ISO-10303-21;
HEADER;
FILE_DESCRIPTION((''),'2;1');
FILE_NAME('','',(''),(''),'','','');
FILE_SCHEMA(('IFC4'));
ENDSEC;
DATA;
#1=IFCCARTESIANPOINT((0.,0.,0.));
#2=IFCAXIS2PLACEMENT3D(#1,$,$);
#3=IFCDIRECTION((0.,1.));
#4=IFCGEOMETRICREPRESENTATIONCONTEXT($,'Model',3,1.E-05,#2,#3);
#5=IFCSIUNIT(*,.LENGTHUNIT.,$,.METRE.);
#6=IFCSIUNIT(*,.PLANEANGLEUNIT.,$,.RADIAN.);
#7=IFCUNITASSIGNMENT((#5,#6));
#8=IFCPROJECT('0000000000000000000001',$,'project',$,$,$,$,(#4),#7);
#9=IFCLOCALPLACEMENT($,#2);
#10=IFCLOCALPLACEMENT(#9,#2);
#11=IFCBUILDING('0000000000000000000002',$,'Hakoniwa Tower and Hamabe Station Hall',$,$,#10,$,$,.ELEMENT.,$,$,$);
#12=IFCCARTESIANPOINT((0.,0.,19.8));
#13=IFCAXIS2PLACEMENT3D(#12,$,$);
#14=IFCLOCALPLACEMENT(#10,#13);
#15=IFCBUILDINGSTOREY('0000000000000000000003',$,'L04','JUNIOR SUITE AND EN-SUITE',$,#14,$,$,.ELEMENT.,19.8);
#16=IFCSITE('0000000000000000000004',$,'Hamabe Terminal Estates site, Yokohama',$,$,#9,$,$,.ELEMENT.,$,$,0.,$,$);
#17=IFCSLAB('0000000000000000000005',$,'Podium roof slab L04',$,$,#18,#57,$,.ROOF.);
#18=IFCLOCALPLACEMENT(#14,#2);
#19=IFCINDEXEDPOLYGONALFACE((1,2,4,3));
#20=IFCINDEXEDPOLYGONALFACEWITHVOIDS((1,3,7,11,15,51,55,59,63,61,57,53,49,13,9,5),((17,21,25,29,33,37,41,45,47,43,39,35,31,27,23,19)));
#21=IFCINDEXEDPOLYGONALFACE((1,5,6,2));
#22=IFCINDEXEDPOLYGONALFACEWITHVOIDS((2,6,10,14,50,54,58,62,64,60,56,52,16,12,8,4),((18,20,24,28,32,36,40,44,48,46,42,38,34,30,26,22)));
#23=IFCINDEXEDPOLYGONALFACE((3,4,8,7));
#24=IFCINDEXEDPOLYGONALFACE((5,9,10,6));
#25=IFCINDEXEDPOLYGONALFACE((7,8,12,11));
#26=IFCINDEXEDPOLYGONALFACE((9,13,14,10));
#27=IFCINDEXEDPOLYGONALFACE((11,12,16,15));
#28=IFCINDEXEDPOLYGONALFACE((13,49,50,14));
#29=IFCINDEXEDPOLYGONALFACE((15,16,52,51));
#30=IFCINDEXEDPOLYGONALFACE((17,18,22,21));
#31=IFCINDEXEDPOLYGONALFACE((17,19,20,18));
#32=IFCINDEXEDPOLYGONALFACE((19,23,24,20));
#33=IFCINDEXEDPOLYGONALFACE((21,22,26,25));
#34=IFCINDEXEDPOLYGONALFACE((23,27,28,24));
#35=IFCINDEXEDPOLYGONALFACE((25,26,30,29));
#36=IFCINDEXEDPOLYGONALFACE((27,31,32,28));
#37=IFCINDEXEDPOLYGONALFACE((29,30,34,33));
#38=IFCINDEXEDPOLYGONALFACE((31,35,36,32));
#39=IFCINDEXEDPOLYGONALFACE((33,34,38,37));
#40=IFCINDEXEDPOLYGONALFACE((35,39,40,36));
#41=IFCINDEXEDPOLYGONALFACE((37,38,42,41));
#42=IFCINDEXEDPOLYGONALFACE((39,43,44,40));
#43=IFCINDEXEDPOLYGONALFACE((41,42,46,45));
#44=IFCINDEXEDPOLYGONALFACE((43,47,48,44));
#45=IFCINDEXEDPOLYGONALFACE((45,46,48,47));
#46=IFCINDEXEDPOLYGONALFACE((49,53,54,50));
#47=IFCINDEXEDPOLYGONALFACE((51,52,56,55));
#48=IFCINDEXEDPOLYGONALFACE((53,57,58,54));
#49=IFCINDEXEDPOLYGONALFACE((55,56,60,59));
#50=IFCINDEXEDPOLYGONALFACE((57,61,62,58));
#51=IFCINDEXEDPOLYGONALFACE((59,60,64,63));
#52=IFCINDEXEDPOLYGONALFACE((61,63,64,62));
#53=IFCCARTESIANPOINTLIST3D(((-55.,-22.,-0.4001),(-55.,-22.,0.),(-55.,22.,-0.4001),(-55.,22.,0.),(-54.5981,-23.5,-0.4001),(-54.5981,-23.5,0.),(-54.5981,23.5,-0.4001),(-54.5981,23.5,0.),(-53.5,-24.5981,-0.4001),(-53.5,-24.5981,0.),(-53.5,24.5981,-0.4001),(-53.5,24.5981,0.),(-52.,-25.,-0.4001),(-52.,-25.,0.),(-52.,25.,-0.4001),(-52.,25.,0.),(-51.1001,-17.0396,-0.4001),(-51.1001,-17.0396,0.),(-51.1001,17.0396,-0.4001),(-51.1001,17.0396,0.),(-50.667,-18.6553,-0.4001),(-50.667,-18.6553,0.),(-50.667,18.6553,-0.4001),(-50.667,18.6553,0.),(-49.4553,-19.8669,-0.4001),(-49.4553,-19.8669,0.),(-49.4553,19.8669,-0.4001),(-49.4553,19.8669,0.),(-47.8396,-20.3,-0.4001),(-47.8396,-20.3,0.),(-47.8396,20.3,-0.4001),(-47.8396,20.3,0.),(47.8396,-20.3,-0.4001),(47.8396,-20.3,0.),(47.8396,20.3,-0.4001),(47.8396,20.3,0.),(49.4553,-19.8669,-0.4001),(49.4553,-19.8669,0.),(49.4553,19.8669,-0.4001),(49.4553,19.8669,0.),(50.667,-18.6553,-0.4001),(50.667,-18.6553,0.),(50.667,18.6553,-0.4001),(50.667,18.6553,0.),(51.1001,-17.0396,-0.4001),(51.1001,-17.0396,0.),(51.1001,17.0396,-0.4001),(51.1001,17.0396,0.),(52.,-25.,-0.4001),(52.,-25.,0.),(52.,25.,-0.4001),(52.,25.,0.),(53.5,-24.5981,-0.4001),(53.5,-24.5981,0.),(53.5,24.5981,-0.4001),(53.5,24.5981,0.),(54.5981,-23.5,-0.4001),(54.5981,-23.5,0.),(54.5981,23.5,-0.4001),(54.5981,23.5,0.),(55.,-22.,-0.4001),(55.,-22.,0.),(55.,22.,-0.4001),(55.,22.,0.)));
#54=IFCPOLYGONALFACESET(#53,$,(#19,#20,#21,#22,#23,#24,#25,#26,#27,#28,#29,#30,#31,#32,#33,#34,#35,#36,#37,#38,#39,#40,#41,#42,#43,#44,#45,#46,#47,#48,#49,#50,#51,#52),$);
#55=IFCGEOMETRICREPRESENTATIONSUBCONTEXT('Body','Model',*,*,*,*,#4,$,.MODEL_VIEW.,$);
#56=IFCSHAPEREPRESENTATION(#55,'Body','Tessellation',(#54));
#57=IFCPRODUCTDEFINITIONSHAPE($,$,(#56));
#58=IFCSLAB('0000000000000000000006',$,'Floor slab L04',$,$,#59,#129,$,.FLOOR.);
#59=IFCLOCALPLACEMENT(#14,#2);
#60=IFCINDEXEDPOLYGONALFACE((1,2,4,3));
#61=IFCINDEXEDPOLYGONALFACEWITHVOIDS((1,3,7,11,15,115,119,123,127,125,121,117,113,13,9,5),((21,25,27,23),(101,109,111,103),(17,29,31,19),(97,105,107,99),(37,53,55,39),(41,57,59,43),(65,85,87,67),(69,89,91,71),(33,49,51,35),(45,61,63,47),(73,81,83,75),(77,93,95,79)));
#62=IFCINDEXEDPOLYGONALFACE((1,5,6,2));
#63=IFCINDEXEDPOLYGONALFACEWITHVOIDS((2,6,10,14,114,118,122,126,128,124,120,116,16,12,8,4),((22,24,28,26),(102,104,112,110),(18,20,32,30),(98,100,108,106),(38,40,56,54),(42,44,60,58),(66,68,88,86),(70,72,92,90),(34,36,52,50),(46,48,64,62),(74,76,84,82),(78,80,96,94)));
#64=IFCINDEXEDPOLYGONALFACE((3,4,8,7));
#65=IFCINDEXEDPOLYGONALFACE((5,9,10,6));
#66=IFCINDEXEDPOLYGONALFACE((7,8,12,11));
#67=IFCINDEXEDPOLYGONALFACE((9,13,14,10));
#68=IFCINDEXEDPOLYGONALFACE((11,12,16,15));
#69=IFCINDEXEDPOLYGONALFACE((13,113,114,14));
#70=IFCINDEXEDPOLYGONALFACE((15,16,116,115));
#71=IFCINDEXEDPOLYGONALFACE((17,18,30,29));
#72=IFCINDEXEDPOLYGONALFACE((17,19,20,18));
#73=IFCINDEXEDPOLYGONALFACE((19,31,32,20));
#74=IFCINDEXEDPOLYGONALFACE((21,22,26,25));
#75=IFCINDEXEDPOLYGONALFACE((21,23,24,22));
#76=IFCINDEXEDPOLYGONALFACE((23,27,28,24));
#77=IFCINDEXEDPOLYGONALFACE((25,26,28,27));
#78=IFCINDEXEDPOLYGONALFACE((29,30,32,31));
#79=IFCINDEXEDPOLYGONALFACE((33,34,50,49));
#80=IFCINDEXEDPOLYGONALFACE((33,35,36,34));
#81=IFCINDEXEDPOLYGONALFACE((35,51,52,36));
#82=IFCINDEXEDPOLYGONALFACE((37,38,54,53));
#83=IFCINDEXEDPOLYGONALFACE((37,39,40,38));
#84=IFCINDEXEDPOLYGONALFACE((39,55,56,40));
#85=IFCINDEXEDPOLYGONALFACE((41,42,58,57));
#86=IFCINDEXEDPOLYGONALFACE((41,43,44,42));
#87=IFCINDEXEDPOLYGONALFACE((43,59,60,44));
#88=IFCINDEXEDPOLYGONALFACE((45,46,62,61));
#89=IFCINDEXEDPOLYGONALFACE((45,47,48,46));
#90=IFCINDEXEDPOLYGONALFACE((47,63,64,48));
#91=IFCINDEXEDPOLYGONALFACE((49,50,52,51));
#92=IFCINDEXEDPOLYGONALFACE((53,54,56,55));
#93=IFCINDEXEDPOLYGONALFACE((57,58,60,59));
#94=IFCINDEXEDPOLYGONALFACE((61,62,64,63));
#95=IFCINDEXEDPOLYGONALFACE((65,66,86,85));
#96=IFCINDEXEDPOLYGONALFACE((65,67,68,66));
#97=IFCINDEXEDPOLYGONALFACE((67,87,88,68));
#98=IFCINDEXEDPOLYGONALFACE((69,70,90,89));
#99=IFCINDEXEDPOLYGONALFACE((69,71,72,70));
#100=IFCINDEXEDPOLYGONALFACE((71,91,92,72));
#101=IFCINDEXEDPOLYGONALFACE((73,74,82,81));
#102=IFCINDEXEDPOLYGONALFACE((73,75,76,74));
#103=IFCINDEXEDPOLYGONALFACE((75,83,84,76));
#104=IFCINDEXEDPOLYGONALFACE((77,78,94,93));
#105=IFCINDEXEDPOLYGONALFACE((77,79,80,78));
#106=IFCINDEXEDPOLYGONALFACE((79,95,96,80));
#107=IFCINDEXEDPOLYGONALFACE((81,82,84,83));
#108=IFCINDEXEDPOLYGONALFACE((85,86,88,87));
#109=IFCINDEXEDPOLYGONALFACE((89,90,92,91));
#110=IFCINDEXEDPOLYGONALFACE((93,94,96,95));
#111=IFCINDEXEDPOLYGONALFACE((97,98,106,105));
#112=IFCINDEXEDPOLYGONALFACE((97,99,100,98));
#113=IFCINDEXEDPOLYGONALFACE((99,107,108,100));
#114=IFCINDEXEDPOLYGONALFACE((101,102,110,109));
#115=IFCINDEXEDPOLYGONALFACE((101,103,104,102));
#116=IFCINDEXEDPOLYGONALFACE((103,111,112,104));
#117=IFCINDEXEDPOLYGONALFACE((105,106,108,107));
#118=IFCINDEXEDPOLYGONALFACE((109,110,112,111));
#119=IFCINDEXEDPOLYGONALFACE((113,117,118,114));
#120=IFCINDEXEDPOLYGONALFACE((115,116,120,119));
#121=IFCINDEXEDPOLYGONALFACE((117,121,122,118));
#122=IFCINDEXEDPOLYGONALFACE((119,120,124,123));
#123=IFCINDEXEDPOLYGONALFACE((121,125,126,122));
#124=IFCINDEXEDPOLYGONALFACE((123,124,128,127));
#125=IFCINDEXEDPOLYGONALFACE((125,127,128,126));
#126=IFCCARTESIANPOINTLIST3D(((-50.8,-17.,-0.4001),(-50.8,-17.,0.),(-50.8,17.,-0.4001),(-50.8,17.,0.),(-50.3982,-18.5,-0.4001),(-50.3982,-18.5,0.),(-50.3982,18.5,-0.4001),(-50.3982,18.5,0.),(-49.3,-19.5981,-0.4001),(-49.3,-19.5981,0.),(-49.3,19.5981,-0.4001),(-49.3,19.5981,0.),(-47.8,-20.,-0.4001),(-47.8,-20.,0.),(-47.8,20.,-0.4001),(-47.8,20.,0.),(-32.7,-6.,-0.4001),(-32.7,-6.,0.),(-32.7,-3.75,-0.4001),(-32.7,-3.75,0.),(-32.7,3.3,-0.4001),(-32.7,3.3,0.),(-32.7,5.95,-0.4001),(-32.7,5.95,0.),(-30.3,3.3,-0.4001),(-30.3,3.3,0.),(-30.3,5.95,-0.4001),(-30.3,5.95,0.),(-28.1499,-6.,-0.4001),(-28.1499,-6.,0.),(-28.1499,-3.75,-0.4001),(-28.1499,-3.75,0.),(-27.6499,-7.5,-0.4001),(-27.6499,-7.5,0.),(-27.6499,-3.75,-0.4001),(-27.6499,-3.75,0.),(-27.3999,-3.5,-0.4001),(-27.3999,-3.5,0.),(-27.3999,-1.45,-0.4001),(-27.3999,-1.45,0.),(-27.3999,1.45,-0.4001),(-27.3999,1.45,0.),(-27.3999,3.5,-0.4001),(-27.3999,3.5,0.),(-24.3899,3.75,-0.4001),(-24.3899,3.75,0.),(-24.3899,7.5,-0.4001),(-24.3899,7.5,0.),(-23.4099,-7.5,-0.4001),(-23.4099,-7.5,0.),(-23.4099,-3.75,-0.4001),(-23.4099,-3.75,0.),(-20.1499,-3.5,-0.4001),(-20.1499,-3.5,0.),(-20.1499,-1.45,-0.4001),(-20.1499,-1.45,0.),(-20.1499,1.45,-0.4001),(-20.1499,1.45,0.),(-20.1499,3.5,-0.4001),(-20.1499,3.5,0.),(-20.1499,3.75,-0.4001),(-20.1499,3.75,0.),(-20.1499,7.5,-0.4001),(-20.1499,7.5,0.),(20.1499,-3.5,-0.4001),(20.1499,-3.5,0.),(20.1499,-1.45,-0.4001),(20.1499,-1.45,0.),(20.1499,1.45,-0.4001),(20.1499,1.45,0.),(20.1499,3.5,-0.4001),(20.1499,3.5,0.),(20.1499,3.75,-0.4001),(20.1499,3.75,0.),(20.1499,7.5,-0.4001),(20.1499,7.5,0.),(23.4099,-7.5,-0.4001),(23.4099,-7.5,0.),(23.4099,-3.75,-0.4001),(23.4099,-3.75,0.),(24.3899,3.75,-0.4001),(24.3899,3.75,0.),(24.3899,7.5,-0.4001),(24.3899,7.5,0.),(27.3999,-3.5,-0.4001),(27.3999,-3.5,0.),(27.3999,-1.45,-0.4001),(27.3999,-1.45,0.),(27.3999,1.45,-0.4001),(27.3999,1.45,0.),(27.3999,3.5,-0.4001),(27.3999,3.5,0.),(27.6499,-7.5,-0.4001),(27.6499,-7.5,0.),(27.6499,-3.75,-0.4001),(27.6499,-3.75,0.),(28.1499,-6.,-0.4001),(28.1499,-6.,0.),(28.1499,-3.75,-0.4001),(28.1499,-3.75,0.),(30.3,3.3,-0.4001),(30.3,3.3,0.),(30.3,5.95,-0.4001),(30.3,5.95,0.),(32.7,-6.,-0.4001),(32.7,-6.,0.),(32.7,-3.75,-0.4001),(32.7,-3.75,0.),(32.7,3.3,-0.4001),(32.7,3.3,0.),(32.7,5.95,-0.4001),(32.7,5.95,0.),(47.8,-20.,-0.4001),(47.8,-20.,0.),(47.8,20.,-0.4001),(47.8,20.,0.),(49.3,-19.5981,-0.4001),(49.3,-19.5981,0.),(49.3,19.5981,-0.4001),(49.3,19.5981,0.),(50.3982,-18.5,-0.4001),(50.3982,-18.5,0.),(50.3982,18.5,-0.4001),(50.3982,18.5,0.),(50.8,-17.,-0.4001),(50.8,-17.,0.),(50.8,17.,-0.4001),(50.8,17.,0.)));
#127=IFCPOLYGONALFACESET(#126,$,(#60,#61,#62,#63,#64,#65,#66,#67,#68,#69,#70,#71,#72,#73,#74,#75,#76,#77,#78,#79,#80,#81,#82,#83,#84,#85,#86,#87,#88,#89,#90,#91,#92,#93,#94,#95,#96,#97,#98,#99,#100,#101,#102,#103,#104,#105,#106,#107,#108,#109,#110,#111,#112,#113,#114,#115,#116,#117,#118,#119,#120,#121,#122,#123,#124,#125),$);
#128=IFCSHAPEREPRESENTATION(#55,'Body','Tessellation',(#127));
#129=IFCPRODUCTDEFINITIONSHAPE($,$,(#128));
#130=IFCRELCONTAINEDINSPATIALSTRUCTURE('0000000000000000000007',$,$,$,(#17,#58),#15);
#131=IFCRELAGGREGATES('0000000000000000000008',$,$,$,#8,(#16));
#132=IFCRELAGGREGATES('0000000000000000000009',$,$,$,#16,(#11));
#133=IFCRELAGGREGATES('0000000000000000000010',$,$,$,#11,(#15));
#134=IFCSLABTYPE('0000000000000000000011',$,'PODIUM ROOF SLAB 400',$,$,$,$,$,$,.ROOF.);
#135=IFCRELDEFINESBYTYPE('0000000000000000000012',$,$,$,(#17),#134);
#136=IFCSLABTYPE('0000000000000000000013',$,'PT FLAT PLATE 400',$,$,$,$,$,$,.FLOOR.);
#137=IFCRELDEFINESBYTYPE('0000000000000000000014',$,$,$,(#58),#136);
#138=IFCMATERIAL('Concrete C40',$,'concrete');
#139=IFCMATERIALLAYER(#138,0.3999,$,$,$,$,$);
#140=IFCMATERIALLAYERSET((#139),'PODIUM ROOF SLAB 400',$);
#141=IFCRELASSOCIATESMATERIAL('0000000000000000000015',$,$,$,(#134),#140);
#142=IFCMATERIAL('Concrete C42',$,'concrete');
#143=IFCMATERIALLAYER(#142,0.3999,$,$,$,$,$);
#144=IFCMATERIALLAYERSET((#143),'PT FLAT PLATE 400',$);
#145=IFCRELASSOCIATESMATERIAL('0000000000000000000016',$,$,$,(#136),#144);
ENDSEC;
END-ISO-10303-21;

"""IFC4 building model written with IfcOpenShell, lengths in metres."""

from ifc_helpers import new_model, si_unit, direction, frame, origin, place, context, subcontext, project, spatial, polyline, outline, extrude, material, layer, layer_set, type_object, element, save


model = new_model("IFC4")

# Units and contexts
model_context = context("Model", 3, precision=1e-05, world=origin(), true_north=direction((0.0, 1.0)))
body_context = subcontext(model_context, "Body", "Model", "MODEL_VIEW")
ifc_project = project(units=[si_unit("LENGTHUNIT", "METRE"), si_unit("PLANEANGLEUNIT", "RADIAN")], contexts=[model_context])

# Site, building, storey
site_placement = place(None, origin())
site = spatial("IfcSite", under=ifc_project, at=site_placement, Name="Hamabe Terminal Estates site, Yokohama", CompositionType="ELEMENT", RefElevation=0.0)
building_placement = place(site_placement, origin())
building = spatial("IfcBuilding", under=site, at=building_placement, Name="Hakoniwa Tower and Hamabe Station Hall", CompositionType="ELEMENT")
storey_placement = place(building_placement, frame((0.0, 0.0, 19.8)))
storey = spatial("IfcBuildingStorey", under=building, at=storey_placement, Name="L04", Description="JUNIOR SUITE AND EN-SUITE", CompositionType="ELEMENT", Elevation=19.8)

# Slabs
ifc_material_1 = material(Name="Concrete C40", Category="concrete")
ifc_layer_1 = layer(ifc_material_1, 0.3999)
ifc_layer_set_1 = layer_set([ifc_layer_1], Name="PODIUM ROOF SLAB 400")
slab_type_1 = type_object("IfcSlabType", Name="PODIUM ROOF SLAB 400", PredefinedType="ROOF", material=ifc_layer_set_1)
slab_1_placement = place(storey_placement, frame((0.0, 0.0, -0.4001)))
element("IfcSlab", 1, at=slab_1_placement, inside=storey, type_object=slab_type_1, Name="Podium roof slab L04", PredefinedType="ROOF", context=body_context, shape_type="SweptSolid", body=[
    extrude(outline(polyline([(54.5981, -23.5), (55.0, -22.0), (55.0, 22.0), (54.5981, 23.5), (53.5, 24.5981), (52.0, 25.0), (-52.0, 25.0), (-53.5, 24.5981), (-54.5981, 23.5), (-55.0, 22.0), (-55.0, -22.0), (-54.5981, -23.5), (-53.5, -24.5981), (-52.0, -25.0), (52.0, -25.0), (53.5, -24.5981), (54.5981, -23.5)]), holes=[polyline([(51.1001, 17.0396), (51.1001, -17.0396), (50.667, -18.6553), (49.4553, -19.8669), (47.8396, -20.3), (-47.8396, -20.3), (-49.4553, -19.8669), (-50.667, -18.6553), (-51.1001, -17.0396), (-51.1001, 17.0396), (-50.667, 18.6553), (-49.4553, 19.8669), (-47.8396, 20.3), (47.8396, 20.3), (49.4553, 19.8669), (50.667, 18.6553), (51.1001, 17.0396)])]), origin(), (0.0, 0.0, 1.0), 0.4001),
])
ifc_material_2 = material(Name="Concrete C42", Category="concrete")
ifc_layer_2 = layer(ifc_material_2, 0.3999)
ifc_layer_set_2 = layer_set([ifc_layer_2], Name="PT FLAT PLATE 400")
slab_type_2 = type_object("IfcSlabType", Name="PT FLAT PLATE 400", PredefinedType="FLOOR", material=ifc_layer_set_2)
slab_2_placement = place(storey_placement, frame((0.0, 0.0, -0.4001)))
element("IfcSlab", 2, at=slab_2_placement, inside=storey, type_object=slab_type_2, Name="Floor slab L04", PredefinedType="FLOOR", context=body_context, shape_type="SweptSolid", body=[
    extrude(outline(polyline([(50.8, -17.0), (50.8, 17.0), (50.3982, 18.5), (49.3, 19.5981), (47.8, 20.0), (-47.8, 20.0), (-49.3, 19.5981), (-50.3982, 18.5), (-50.8, 17.0), (-50.8, -17.0), (-50.3982, -18.5), (-49.3, -19.5981), (-47.8, -20.0), (47.8, -20.0), (49.3, -19.5981), (50.3982, -18.5), (50.8, -17.0)]), holes=[polyline([(-27.3999, 1.45), (-27.3999, 3.5), (-20.1499, 3.5), (-20.1499, 1.45), (-27.3999, 1.45)]), polyline([(-27.3999, -3.5), (-27.3999, -1.45), (-20.1499, -1.45), (-20.1499, -3.5), (-27.3999, -3.5)]), polyline([(-32.7, 3.3), (-32.7, 5.95), (-30.3, 5.95), (-30.3, 3.3), (-32.7, 3.3)]), polyline([(-32.7, -6.0), (-32.7, -3.75), (-28.1499, -3.75), (-28.1499, -6.0), (-32.7, -6.0)]), polyline([(-24.3899, 3.75), (-24.3899, 7.5), (-20.1499, 7.5), (-20.1499, 3.75), (-24.3899, 3.75)]), polyline([(-27.6499, -7.5), (-27.6499, -3.75), (-23.4099, -3.75), (-23.4099, -7.5), (-27.6499, -7.5)]), polyline([(20.1499, 1.45), (20.1499, 3.5), (27.3999, 3.5), (27.3999, 1.45), (20.1499, 1.45)]), polyline([(20.1499, -3.5), (20.1499, -1.45), (27.3999, -1.45), (27.3999, -3.5), (20.1499, -3.5)]), polyline([(30.3, 3.3), (30.3, 5.95), (32.7, 5.95), (32.7, 3.3), (30.3, 3.3)]), polyline([(28.1499, -6.0), (28.1499, -3.75), (32.7, -3.75), (32.7, -6.0), (28.1499, -6.0)]), polyline([(20.1499, 3.75), (20.1499, 7.5), (24.3899, 7.5), (24.3899, 3.75), (20.1499, 3.75)]), polyline([(23.4099, -7.5), (23.4099, -3.75), (27.6499, -3.75), (27.6499, -7.5), (23.4099, -7.5)])]), origin(), (0.0, 0.0, 1.0), 0.4001),
])

save(model, "model.ifc")
